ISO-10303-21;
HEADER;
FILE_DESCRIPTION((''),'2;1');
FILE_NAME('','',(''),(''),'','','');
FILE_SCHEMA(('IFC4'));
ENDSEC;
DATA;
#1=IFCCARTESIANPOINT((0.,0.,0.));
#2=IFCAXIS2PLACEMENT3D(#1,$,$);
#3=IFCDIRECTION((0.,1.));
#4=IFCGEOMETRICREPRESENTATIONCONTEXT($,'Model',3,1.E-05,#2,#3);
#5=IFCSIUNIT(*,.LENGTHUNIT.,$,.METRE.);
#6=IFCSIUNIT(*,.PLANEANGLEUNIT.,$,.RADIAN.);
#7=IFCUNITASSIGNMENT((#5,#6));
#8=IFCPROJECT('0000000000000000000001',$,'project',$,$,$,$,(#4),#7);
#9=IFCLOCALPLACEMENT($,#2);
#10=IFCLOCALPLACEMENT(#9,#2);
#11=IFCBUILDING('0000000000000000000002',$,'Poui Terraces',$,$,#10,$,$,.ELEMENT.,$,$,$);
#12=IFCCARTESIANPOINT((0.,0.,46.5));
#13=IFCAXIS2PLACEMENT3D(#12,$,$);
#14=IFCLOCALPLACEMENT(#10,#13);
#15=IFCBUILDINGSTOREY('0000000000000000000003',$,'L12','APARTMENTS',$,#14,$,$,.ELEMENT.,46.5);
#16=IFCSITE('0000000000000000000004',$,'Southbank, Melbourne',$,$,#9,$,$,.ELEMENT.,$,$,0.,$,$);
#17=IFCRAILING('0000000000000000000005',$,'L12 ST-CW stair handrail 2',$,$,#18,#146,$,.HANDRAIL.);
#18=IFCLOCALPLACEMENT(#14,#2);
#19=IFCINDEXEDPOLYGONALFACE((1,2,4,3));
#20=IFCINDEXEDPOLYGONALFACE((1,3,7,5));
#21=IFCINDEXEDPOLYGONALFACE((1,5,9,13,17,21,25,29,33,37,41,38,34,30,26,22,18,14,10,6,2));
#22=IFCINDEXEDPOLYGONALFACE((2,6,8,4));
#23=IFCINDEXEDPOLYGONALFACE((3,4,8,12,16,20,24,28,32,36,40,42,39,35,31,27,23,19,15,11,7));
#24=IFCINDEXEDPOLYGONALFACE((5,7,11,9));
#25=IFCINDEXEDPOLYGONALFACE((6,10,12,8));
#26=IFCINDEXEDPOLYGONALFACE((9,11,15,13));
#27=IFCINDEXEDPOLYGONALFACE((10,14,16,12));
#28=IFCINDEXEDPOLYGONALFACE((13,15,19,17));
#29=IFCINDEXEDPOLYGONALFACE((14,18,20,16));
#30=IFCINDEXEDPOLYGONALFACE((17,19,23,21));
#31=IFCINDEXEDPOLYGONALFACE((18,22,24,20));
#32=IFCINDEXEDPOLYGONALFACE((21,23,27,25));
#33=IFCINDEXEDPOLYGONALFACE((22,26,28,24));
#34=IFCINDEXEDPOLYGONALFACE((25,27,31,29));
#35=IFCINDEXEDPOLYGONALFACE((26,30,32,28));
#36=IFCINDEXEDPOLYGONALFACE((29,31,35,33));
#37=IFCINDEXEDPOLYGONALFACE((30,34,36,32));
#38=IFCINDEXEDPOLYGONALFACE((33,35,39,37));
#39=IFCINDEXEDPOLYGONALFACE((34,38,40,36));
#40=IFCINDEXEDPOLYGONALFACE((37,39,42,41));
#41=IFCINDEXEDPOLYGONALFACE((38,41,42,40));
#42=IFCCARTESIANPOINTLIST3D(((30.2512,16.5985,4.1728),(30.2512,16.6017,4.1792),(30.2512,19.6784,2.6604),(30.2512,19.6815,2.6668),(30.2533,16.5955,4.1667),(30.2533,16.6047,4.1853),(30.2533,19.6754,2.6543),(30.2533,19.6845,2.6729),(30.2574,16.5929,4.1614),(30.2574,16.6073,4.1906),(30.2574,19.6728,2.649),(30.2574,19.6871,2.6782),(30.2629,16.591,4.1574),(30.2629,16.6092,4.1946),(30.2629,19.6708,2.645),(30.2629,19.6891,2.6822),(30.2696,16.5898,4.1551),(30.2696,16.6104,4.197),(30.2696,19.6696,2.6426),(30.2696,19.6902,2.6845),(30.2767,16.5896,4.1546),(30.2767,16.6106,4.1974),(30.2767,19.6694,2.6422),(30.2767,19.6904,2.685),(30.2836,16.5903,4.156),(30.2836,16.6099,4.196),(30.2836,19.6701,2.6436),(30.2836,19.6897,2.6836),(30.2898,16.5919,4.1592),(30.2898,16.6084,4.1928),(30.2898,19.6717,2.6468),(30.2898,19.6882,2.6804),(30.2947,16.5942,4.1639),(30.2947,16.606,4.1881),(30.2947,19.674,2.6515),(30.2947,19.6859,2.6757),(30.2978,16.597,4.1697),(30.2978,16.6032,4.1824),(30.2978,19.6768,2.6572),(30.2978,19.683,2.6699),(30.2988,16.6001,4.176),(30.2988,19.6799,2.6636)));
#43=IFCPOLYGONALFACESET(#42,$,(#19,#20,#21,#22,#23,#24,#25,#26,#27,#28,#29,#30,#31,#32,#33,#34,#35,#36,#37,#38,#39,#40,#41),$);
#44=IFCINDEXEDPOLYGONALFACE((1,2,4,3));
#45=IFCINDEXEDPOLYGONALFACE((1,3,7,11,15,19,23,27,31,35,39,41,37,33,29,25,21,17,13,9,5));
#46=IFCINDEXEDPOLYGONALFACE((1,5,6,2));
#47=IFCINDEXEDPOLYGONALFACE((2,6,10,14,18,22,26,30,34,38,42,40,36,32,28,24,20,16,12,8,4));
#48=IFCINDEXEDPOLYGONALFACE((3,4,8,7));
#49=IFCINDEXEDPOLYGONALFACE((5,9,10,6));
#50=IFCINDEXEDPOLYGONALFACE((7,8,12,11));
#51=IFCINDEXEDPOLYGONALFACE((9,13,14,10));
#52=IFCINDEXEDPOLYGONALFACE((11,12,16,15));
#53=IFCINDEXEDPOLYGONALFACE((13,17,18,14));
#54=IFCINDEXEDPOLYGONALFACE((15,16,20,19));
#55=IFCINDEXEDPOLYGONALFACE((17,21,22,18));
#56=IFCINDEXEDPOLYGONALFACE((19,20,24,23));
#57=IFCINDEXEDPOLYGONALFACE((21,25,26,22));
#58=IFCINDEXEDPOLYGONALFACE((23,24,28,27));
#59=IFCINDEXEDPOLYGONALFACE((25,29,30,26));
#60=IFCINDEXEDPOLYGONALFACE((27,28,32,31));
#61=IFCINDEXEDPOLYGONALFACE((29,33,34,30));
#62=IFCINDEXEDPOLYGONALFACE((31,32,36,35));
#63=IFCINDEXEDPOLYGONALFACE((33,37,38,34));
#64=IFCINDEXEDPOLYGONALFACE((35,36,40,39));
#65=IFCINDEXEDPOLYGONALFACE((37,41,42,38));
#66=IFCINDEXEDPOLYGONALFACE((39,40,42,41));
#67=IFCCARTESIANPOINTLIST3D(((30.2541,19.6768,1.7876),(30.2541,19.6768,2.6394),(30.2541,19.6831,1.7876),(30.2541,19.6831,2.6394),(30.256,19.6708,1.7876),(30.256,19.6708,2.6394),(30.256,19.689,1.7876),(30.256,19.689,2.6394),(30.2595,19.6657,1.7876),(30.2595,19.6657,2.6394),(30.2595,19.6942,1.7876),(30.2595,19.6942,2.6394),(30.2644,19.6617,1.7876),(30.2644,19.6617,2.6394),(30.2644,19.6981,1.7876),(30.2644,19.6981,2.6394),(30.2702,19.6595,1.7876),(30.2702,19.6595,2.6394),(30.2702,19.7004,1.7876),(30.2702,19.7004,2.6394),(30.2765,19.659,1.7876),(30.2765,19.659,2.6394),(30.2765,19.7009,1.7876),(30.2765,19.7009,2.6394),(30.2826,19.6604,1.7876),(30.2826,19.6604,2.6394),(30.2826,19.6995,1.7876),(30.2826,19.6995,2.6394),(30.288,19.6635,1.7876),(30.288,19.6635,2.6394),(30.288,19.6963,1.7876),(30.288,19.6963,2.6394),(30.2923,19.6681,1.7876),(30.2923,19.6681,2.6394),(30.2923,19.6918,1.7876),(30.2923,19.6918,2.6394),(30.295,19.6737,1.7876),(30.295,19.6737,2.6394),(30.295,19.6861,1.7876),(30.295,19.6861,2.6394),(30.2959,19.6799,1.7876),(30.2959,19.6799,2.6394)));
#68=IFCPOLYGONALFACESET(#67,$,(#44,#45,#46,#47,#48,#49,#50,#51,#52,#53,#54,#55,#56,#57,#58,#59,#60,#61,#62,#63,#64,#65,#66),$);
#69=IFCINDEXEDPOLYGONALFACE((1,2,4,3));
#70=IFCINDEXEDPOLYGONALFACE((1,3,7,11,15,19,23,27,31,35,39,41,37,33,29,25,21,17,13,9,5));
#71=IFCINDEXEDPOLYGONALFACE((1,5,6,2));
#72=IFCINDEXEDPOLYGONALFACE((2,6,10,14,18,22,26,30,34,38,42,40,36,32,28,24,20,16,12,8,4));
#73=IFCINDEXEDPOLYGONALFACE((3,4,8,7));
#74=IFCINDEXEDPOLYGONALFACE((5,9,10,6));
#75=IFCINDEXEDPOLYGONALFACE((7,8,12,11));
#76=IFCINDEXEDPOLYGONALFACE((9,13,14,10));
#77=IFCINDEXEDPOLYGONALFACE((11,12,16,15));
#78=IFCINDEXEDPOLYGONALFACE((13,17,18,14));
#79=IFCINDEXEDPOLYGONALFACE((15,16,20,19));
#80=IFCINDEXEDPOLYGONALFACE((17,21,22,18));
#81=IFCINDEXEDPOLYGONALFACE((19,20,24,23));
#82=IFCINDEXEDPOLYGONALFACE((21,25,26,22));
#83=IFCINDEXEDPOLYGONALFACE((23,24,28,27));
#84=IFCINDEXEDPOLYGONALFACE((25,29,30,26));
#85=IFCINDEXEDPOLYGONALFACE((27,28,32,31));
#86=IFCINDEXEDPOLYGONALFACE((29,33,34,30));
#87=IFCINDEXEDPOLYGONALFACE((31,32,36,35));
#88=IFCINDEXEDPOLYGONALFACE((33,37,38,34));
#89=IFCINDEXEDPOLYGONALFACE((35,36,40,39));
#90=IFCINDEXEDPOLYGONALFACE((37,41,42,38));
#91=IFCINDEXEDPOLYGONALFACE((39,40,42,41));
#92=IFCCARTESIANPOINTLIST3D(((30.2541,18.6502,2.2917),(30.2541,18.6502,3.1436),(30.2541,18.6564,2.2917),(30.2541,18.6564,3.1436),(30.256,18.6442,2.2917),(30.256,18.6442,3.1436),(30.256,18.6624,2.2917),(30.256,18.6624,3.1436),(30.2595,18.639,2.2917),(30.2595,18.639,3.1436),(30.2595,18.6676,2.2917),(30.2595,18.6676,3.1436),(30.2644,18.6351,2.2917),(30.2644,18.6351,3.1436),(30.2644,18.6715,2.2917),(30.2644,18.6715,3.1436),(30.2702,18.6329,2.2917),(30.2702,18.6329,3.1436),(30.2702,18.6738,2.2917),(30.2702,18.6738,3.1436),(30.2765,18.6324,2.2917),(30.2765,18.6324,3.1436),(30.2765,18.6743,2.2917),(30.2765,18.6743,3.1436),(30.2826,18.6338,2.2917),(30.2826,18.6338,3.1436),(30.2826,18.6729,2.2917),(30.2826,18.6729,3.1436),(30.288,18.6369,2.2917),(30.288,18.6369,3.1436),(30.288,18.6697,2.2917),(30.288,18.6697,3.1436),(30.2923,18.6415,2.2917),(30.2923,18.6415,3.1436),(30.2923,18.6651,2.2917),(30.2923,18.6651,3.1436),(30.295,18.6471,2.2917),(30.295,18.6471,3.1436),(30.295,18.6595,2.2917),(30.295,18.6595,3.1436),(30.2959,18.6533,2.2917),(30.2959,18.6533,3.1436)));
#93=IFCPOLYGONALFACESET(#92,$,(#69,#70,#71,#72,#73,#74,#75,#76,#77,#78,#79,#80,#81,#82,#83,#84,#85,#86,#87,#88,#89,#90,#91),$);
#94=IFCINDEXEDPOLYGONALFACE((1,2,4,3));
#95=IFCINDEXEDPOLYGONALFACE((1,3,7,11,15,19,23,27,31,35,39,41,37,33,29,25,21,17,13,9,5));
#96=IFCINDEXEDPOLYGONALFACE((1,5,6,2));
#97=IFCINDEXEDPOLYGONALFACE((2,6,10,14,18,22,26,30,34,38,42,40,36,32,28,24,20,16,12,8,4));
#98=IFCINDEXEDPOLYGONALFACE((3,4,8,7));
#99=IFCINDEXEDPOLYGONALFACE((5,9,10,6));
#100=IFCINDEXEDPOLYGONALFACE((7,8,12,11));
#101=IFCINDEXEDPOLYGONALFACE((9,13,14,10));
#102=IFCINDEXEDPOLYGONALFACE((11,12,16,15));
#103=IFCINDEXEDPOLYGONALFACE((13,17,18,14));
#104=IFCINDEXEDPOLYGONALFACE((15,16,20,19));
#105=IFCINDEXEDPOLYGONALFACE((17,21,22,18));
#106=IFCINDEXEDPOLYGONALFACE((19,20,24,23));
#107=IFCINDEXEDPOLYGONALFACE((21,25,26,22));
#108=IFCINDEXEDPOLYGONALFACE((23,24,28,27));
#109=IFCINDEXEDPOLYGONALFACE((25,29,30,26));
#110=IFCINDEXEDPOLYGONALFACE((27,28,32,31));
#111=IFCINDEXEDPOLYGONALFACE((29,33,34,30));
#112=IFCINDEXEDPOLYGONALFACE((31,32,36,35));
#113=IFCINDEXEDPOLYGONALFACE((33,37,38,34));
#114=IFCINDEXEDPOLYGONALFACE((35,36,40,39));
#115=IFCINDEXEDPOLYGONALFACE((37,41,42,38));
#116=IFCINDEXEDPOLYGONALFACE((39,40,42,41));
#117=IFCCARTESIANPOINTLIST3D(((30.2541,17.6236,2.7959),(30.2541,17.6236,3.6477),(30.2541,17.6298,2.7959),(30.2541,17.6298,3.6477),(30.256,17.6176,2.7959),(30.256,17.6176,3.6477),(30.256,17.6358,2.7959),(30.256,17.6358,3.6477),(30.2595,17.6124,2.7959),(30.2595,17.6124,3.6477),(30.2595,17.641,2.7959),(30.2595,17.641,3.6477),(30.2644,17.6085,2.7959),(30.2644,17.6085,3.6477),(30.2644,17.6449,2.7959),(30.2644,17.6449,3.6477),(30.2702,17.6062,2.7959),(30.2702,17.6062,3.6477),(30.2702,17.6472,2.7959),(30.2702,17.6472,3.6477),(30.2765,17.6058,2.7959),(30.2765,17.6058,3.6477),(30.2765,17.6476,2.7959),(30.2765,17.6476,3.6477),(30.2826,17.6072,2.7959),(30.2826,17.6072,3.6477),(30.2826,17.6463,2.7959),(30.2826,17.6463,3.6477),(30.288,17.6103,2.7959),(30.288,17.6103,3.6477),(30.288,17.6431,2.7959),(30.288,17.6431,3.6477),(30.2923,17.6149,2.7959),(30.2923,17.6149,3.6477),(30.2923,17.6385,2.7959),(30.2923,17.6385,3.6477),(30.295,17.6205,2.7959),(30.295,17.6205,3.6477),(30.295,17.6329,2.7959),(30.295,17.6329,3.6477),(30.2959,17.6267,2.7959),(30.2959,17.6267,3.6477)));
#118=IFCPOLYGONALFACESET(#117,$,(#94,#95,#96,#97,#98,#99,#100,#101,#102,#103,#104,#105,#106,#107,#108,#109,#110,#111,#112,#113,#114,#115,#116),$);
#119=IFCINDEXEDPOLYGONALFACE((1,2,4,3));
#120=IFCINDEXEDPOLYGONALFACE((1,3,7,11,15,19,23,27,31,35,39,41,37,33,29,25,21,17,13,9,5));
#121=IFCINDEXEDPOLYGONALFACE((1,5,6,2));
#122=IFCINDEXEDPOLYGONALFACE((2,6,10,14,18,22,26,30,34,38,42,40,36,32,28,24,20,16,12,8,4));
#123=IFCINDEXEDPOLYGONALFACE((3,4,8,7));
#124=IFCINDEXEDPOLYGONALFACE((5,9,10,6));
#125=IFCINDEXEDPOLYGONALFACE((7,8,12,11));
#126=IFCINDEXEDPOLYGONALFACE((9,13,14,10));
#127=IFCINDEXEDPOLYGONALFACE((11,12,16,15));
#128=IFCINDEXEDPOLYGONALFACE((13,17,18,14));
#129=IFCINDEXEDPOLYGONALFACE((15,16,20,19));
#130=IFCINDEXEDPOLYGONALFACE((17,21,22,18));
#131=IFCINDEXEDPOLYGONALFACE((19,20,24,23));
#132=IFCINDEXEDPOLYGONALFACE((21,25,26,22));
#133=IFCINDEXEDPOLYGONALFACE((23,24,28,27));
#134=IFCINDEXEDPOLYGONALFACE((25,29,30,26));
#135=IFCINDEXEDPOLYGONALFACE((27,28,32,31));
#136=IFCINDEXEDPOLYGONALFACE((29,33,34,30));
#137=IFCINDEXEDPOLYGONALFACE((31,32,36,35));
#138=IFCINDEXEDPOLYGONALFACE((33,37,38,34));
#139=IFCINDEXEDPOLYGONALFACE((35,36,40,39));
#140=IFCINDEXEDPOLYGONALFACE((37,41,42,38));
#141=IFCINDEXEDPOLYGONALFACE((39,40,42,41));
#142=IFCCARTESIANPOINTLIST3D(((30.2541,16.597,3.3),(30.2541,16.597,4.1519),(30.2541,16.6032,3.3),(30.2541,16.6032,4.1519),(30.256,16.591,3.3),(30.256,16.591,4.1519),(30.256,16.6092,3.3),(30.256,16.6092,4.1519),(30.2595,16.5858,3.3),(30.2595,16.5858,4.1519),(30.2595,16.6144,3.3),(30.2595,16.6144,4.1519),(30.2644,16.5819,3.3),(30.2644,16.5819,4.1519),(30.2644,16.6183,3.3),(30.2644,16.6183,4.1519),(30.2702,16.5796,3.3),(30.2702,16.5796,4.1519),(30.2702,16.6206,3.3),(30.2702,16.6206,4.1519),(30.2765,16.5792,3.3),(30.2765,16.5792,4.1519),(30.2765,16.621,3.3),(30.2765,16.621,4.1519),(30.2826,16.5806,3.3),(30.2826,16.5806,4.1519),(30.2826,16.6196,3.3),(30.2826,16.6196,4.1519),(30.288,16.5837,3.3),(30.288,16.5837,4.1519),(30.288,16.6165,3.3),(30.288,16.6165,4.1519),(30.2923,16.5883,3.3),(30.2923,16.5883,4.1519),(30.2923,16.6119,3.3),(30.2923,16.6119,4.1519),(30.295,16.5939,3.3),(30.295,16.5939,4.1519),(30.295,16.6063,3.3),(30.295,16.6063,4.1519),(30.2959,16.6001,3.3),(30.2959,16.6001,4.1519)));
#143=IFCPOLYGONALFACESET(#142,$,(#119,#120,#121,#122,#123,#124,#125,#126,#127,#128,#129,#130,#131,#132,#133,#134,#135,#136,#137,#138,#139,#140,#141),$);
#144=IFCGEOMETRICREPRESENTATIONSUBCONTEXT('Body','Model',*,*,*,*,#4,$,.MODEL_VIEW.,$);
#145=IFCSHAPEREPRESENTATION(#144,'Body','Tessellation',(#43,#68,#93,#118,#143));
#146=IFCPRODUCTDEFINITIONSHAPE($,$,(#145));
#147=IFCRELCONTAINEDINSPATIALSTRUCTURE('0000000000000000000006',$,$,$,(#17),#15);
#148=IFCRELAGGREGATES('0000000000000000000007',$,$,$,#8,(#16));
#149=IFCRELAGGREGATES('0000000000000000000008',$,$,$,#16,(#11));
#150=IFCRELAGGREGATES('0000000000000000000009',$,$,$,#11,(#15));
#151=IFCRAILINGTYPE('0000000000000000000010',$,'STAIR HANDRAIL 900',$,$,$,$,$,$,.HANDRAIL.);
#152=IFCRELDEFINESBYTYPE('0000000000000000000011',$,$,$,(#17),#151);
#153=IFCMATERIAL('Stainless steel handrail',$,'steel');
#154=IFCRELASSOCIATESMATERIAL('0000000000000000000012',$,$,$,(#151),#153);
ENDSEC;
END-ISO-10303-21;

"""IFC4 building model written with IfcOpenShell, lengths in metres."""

from ifc_helpers import new_model, si_unit, direction, frame, origin, origin_2d, place, context, subcontext, project, spatial, circle, extrude, material, type_object, element, save


model = new_model("IFC4")

# Units and contexts
model_context = context("Model", 3, precision=1e-05, world=origin(), true_north=direction((0.0, 1.0)))
body_context = subcontext(model_context, "Body", "Model", "MODEL_VIEW")
ifc_project = project(units=[si_unit("LENGTHUNIT", "METRE"), si_unit("PLANEANGLEUNIT", "RADIAN")], contexts=[model_context])

# Site, building, storey
site_placement = place(None, origin())
site = spatial("IfcSite", under=ifc_project, at=site_placement, Name="Southbank, Melbourne", CompositionType="ELEMENT", RefElevation=0.0)
building_placement = place(site_placement, origin())
building = spatial("IfcBuilding", under=site, at=building_placement, Name="Poui Terraces", CompositionType="ELEMENT")
storey_placement = place(building_placement, frame((0.0, 0.0, 46.5)))
storey = spatial("IfcBuildingStorey", under=building, at=storey_placement, Name="L12", Description="APARTMENTS", CompositionType="ELEMENT", Elevation=46.5)

# Railing
ifc_material_1 = material(Name="Stainless steel handrail", Category="steel")
railing_type_1 = type_object("IfcRailingType", Name="STAIR HANDRAIL 900", PredefinedType="HANDRAIL", material=ifc_material_1)
railing_1_placement = place(storey_placement, frame((30.2749, 19.6799, 1.7876)))
element("IfcRailing", 1, at=railing_1_placement, inside=storey, type_object=railing_type_1, Name="L12 ST-CW stair handrail 2", PredefinedType="HANDRAIL", context=body_context, shape_type="SweptSolid", body=[
    extrude(circle(Radius=0.0239, at=origin_2d()), frame((0.0, 0.0, 0.876), z_axis=(0.0, -0.897606, 0.440798), x_axis=(1.0, 0.0, 0.0)), (0.0, 0.0, 1.0), 3.4312),
    extrude(circle(Radius=0.021, at=origin_2d()), origin(), (0.0, 0.0, 1.0), 0.8518),
    extrude(circle(Radius=0.021, at=origin_2d()), frame((0.0, -1.0266, 0.5042)), (0.0, 0.0, 1.0), 0.8518),
    extrude(circle(Radius=0.021, at=origin_2d()), frame((0.0, -2.0532, 1.0083)), (0.0, 0.0, 1.0), 0.8518),
    extrude(circle(Radius=0.021, at=origin_2d()), frame((0.0, -3.0798, 1.5125)), (0.0, 0.0, 1.0), 0.8518),
])

save(model, "model.ifc")
